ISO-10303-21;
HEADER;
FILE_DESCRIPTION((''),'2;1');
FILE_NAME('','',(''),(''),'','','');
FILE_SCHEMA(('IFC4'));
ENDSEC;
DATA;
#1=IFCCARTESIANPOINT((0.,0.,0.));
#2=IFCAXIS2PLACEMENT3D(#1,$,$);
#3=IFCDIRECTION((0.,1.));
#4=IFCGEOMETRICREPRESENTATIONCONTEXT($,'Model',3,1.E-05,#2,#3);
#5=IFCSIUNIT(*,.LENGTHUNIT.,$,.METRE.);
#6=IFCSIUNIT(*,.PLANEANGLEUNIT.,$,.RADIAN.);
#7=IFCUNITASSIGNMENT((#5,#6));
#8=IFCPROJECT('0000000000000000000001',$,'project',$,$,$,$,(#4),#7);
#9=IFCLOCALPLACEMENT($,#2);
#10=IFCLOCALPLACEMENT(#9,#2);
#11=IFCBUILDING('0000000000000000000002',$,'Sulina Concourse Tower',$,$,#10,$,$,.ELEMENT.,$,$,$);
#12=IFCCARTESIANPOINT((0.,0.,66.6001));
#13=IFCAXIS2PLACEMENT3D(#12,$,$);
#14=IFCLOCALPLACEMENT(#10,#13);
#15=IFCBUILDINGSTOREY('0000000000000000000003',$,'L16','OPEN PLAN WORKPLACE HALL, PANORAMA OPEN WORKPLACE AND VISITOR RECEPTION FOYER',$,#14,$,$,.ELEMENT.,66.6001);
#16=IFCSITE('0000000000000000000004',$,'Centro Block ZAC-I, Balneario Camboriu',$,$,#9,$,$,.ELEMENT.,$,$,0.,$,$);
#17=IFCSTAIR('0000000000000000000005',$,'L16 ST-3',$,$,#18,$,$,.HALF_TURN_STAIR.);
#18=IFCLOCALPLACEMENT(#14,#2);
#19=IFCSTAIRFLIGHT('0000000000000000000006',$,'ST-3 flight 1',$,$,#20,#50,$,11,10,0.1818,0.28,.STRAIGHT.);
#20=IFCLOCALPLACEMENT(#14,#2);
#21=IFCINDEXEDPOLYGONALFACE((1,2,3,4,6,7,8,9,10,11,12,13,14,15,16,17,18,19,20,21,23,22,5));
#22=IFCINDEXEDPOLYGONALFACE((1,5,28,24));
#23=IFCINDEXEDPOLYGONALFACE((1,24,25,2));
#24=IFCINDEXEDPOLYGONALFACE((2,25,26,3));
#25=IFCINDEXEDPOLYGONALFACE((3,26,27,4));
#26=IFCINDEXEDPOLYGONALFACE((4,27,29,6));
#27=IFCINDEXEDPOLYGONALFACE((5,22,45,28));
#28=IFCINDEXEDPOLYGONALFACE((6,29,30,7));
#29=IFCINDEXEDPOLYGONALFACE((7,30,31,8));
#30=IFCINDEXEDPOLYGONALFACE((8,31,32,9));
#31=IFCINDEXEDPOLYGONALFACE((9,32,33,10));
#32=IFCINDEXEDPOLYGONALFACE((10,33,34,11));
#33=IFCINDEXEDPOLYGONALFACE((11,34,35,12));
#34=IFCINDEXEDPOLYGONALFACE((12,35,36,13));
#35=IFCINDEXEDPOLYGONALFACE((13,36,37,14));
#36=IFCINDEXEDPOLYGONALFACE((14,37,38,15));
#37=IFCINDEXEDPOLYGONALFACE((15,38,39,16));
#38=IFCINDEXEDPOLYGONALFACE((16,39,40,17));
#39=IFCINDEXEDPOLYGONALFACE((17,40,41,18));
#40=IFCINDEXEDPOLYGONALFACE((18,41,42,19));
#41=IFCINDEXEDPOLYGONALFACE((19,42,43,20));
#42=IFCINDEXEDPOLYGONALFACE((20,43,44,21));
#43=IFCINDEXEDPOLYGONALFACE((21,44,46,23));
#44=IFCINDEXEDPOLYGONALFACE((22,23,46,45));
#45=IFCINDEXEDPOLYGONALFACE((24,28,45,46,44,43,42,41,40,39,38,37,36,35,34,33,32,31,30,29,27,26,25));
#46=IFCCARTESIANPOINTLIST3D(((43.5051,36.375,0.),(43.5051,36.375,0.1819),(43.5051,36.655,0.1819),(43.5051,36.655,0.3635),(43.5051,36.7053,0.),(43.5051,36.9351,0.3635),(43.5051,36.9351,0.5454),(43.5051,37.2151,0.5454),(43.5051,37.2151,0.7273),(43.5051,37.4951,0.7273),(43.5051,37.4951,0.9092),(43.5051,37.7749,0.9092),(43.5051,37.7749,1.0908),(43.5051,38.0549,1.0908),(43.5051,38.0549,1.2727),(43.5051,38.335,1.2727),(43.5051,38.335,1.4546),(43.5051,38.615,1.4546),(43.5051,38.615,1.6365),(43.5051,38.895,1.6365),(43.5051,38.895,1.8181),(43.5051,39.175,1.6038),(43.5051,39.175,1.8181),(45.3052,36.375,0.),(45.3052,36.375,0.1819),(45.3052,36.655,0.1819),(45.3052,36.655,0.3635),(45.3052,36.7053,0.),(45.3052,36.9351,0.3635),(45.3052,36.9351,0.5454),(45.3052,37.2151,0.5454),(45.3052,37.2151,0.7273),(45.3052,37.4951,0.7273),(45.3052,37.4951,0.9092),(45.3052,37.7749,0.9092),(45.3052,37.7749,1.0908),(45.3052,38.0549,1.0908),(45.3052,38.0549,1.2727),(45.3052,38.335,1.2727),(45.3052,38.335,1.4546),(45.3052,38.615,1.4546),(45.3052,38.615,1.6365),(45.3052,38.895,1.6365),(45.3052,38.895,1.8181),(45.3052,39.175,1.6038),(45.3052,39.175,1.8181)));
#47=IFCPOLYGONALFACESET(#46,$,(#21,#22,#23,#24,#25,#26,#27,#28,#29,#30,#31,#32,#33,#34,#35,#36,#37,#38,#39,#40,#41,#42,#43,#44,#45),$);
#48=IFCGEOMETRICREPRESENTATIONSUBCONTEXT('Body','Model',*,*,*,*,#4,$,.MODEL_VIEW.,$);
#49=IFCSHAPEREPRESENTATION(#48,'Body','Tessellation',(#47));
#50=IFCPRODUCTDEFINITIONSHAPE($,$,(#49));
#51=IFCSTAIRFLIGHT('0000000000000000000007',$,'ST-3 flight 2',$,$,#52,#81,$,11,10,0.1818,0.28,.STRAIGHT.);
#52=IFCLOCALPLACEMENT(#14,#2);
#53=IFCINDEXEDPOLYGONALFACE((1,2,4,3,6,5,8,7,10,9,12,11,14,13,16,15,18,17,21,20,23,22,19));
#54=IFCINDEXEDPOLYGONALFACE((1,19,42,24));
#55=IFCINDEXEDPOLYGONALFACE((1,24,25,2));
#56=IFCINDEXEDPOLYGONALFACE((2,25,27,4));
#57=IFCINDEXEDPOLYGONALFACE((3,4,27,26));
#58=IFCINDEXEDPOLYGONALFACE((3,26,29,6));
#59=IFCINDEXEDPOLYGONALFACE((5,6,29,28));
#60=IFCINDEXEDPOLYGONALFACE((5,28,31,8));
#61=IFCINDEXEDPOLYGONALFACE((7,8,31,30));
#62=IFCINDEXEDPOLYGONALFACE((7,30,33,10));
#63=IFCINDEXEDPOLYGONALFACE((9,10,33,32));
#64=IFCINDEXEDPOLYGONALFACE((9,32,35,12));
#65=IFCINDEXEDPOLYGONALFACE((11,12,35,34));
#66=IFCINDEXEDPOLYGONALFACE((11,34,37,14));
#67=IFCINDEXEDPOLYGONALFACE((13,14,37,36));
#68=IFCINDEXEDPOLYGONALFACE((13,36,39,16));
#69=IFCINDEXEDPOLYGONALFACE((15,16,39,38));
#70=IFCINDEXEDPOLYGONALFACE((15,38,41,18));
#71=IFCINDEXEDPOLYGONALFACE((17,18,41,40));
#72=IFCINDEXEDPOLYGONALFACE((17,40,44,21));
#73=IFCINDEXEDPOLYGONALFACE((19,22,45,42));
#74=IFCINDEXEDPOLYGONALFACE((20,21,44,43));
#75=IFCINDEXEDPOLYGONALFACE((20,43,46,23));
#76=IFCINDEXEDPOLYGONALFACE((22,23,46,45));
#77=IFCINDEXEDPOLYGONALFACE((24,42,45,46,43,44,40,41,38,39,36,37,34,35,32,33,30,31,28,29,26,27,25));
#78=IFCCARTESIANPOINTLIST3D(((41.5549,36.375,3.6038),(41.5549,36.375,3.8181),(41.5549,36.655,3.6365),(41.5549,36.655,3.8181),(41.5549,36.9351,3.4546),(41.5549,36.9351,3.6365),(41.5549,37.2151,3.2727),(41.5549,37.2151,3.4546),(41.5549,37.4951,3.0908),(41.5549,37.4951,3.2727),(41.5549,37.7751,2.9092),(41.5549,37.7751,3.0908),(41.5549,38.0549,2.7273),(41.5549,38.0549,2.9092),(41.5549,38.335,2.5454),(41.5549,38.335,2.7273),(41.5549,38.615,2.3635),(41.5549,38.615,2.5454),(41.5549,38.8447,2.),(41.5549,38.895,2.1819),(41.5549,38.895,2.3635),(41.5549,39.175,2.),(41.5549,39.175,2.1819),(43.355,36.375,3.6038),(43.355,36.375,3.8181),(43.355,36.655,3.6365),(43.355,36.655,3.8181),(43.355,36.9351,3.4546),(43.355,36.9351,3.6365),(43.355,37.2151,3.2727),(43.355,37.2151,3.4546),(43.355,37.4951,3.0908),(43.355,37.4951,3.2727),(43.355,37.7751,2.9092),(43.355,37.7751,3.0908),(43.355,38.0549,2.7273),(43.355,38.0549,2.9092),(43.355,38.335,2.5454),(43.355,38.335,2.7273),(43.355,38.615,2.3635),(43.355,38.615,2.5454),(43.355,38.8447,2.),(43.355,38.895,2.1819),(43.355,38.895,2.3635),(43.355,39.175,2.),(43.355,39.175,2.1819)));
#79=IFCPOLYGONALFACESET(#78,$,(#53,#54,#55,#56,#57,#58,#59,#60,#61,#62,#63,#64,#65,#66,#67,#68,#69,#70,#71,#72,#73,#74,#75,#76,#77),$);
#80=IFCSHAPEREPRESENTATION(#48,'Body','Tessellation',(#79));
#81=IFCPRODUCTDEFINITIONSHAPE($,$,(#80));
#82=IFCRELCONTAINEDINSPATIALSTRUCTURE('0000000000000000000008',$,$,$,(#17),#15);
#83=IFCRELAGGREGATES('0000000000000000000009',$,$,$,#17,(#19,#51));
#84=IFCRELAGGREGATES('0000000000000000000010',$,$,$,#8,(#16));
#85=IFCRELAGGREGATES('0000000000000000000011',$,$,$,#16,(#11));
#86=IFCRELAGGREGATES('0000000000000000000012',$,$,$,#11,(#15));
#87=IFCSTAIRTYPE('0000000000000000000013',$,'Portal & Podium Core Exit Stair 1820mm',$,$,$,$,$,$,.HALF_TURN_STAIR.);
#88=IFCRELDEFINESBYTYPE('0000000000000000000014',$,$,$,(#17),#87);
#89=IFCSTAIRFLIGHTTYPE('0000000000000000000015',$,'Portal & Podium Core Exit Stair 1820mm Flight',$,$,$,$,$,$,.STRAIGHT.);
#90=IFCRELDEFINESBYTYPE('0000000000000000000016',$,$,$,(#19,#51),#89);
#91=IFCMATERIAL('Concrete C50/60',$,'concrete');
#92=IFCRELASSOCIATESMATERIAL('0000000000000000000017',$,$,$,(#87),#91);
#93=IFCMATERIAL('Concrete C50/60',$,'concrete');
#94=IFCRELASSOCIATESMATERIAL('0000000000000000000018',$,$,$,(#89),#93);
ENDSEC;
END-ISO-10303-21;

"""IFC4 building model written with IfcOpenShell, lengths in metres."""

from ifc_helpers import new_model, si_unit, direction, frame, origin, place, context, subcontext, project, spatial, polyline, outline, extrude, material, type_object, element, aggregate, save


model = new_model("IFC4")

# Units and contexts
model_context = context("Model", 3, precision=1e-05, world=origin(), true_north=direction((0.0, 1.0)))
body_context = subcontext(model_context, "Body", "Model", "MODEL_VIEW")
ifc_project = project(units=[si_unit("LENGTHUNIT", "METRE"), si_unit("PLANEANGLEUNIT", "RADIAN")], contexts=[model_context])

# Site, building, storey
site_placement = place(None, origin())
site = spatial("IfcSite", under=ifc_project, at=site_placement, Name="Centro Block ZAC-I, Balneario Camboriu", CompositionType="ELEMENT", RefElevation=0.0)
building_placement = place(site_placement, origin())
building = spatial("IfcBuilding", under=site, at=building_placement, Name="Sulina Concourse Tower", CompositionType="ELEMENT")
storey_placement = place(building_placement, frame((0.0, 0.0, 66.6001)))
storey = spatial("IfcBuildingStorey", under=building, at=storey_placement, Name="L16", Description="OPEN PLAN WORKPLACE HALL, PANORAMA OPEN WORKPLACE AND VISITOR RECEPTION FOYER", CompositionType="ELEMENT", Elevation=66.6001)

# Stair, stair flights
ifc_material_1 = material(Name="Concrete C50/60", Category="concrete")
stair_type = type_object("IfcStairType", Name="Portal & Podium Core Exit Stair 1820mm", PredefinedType="HALF_TURN_STAIR", material=ifc_material_1)
stair_placement = place(storey_placement, origin())
stair = element("IfcStair", 1, at=stair_placement, inside=storey, type_object=stair_type, Name="L16 ST-3", PredefinedType="HALF_TURN_STAIR")
ifc_material_2 = material(Name="Concrete C50/60", Category="concrete")
stair_flight_type = type_object("IfcStairFlightType", Name="Portal & Podium Core Exit Stair 1820mm Flight", PredefinedType="STRAIGHT", material=ifc_material_2)
stair_flight_1_placement = place(storey_placement, frame((44.405, 36.375, 0.0), z_axis=(0.0, 0.0, 1.0), x_axis=(0.0, 1.0, 0.0)))
stair_flight_1 = element("IfcStairFlight", 2, at=stair_flight_1_placement, type_object=stair_flight_type, Name="ST-3 flight 1", NumberOfRisers=11, NumberOfTreads=10, PredefinedType="STRAIGHT", RiserHeight=0.1818, TreadLength=0.28, context=body_context, shape_type="SweptSolid", body=[
    extrude(outline(polyline([(0.0, 0.0), (0.0, 0.1819), (0.28, 0.1819), (0.28, 0.3635), (0.5601, 0.3635), (0.5601, 0.5454), (0.8401, 0.5454), (0.8401, 0.7273), (1.1201, 0.7273), (1.1201, 0.9092), (1.3999, 0.9092), (1.3999, 1.0908), (1.6799, 1.0908), (1.6799, 1.2727), (1.96, 1.2727), (1.96, 1.4546), (2.24, 1.4546), (2.24, 1.6365), (2.52, 1.6365), (2.52, 1.8181), (2.8, 1.8181), (2.8, 2.0), (2.8, 1.6038), (0.3303, 0.0), (0.0, 0.0)])), frame((0.0, 0.8999, 0.0), z_axis=(0.0, -1.0, 0.0), x_axis=(1.0, 0.0, 0.0)), (0.0, 0.0, 1.0), 1.8),
])
stair_flight_2_placement = place(storey_placement, frame((42.4551, 39.175, 2.0), z_axis=(0.0, 0.0, 1.0), x_axis=(0.0, -1.0, 0.0)))
stair_flight_2 = element("IfcStairFlight", 3, at=stair_flight_2_placement, type_object=stair_flight_type, Name="ST-3 flight 2", NumberOfRisers=11, NumberOfTreads=10, PredefinedType="STRAIGHT", RiserHeight=0.1818, TreadLength=0.28, context=body_context, shape_type="SweptSolid", body=[
    extrude(outline(polyline([(0.0, 0.0), (0.0, 0.1819), (0.28, 0.1819), (0.28, 0.3635), (0.5601, 0.3635), (0.5601, 0.5454), (0.8401, 0.5454), (0.8401, 0.7273), (1.1201, 0.7273), (1.1201, 0.9092), (1.3999, 0.9092), (1.3999, 1.0908), (1.6799, 1.0908), (1.6799, 1.2727), (1.96, 1.2727), (1.96, 1.4546), (2.24, 1.4546), (2.24, 1.6365), (2.52, 1.6365), (2.52, 1.8181), (2.8, 1.8181), (2.8, 2.0), (2.8, 1.6038), (0.3303, 0.0), (0.0, 0.0)])), frame((0.0, 0.8999, 0.0), z_axis=(0.0, -1.0, 0.0), x_axis=(1.0, 0.0, 0.0)), (0.0, 0.0, 1.0), 1.8),
])
aggregate(stair, [stair_flight_1, stair_flight_2])

save(model, "model.ifc")
